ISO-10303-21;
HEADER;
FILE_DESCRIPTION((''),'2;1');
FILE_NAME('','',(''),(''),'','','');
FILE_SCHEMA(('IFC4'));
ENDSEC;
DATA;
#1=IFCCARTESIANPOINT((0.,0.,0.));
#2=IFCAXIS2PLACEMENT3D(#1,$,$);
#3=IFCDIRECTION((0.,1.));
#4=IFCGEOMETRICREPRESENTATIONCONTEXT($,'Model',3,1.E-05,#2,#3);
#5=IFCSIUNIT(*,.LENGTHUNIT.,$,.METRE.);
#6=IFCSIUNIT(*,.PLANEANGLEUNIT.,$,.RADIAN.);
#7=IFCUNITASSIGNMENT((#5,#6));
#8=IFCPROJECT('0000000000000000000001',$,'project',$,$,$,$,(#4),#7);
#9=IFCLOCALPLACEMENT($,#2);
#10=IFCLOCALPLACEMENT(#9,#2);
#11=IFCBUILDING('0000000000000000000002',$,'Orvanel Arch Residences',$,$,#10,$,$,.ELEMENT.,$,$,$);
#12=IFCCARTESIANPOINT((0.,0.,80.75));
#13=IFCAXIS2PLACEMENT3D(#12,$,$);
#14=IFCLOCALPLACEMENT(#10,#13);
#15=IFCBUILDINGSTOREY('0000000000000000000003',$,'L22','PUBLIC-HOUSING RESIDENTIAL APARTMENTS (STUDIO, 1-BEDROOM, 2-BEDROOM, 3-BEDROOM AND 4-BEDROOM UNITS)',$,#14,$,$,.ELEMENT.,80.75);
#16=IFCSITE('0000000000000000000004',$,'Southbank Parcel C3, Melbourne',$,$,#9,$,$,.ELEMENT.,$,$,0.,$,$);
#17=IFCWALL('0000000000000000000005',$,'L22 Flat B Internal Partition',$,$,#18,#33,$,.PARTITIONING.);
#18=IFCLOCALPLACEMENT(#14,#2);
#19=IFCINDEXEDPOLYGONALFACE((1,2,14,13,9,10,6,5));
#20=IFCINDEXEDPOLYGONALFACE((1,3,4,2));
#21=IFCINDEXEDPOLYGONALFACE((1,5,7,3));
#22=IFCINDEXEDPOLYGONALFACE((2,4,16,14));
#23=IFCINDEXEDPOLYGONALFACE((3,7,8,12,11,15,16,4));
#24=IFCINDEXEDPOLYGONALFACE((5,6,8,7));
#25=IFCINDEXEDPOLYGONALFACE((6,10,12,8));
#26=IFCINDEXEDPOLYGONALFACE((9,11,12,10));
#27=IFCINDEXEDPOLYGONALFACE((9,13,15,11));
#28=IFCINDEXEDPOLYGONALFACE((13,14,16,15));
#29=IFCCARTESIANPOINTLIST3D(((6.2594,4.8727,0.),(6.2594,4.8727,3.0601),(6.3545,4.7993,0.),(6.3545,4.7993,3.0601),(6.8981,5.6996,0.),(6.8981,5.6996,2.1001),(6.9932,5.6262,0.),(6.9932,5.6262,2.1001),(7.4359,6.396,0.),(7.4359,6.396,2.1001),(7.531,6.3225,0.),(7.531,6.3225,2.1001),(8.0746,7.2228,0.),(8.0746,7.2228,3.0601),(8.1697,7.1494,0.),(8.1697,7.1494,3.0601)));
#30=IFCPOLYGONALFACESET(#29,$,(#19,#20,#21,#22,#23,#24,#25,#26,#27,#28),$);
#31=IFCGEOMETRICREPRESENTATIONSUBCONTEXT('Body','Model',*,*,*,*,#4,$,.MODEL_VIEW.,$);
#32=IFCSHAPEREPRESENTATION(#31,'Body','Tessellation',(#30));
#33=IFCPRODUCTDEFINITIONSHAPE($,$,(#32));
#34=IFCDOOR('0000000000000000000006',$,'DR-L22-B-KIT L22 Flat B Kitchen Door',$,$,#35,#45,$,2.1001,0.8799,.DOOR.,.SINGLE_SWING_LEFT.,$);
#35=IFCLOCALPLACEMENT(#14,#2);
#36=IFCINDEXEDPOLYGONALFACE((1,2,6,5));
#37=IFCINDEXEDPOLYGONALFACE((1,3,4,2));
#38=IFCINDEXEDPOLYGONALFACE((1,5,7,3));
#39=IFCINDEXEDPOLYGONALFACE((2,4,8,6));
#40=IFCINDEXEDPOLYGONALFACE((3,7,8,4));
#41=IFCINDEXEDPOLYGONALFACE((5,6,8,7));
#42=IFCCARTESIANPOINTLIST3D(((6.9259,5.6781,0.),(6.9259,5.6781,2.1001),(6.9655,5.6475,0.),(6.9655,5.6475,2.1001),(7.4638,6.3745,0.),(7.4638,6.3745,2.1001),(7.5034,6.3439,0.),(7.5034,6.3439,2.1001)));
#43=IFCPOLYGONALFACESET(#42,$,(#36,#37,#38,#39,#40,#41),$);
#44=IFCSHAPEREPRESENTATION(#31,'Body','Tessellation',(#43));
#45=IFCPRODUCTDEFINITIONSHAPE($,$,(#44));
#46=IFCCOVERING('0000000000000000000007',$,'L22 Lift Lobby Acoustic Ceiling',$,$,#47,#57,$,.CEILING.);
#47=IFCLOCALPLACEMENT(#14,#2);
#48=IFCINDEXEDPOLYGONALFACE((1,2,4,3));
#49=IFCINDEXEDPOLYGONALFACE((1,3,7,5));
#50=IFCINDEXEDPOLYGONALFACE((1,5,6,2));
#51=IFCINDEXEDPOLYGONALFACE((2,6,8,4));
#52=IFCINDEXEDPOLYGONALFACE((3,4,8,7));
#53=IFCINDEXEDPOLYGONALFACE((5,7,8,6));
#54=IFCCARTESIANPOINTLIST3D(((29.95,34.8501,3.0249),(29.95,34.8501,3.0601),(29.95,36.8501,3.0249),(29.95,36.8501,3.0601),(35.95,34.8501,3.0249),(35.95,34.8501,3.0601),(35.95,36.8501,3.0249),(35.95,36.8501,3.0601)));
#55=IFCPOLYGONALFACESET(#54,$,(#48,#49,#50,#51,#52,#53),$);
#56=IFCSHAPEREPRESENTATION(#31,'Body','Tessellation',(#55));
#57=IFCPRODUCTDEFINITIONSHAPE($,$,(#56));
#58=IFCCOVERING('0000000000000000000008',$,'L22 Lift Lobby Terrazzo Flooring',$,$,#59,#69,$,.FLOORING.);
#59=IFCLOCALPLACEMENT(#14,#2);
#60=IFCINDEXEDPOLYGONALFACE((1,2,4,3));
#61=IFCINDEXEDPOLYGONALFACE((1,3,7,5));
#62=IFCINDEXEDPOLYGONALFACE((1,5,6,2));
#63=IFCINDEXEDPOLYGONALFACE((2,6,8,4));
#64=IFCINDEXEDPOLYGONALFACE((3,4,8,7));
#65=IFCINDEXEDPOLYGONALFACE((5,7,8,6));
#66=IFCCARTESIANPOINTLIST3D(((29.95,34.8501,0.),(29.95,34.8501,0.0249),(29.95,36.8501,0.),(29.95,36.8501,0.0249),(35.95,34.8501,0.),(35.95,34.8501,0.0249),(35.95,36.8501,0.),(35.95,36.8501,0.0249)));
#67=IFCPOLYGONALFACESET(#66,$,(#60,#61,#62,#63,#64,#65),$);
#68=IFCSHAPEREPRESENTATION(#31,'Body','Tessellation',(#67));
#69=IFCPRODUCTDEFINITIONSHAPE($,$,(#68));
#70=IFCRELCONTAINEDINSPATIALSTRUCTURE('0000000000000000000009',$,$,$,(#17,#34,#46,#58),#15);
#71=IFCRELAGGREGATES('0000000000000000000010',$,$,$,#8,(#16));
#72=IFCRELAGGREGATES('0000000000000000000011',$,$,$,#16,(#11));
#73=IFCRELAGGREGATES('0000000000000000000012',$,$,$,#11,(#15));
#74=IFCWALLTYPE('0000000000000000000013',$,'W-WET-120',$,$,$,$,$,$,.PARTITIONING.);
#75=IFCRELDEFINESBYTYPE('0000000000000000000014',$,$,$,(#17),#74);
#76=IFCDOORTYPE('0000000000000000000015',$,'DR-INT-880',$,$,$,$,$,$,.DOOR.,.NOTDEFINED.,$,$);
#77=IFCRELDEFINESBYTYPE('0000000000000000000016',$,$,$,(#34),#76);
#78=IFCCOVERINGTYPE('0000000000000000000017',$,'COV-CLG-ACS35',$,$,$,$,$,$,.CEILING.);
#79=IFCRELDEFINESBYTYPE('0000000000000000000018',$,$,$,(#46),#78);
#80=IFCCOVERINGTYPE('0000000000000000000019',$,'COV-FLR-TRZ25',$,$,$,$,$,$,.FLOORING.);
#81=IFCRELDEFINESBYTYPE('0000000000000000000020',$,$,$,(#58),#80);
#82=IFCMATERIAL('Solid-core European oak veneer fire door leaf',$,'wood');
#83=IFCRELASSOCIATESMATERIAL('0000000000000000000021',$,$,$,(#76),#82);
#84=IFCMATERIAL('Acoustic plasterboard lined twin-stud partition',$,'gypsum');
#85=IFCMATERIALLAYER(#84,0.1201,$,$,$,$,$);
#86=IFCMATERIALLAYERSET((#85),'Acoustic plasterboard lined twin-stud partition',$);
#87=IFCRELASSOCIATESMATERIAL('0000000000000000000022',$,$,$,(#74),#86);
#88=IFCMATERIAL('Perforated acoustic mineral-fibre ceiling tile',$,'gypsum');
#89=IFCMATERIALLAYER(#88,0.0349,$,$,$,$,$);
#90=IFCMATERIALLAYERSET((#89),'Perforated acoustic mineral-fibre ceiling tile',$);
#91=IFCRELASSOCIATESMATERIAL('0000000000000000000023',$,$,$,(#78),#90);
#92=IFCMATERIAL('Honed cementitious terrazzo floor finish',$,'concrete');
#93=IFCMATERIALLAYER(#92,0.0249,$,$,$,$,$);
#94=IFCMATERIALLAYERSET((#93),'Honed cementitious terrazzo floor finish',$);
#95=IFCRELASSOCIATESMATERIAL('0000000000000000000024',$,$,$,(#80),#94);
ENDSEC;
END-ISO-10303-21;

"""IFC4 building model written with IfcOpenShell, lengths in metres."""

from ifc_helpers import new_model, si_unit, direction, frame, frame_2d, origin, place, context, subcontext, project, spatial, polyline, rectangle, outline, extrude, material, layer, layer_set, type_object, element, fill, save


model = new_model("IFC4")

# Units and contexts
model_context = context("Model", 3, precision=1e-05, world=origin(), true_north=direction((0.0, 1.0)))
body_context = subcontext(model_context, "Body", "Model", "MODEL_VIEW")
ifc_project = project(units=[si_unit("LENGTHUNIT", "METRE"), si_unit("PLANEANGLEUNIT", "RADIAN")], contexts=[model_context])

# Site, building, storey
site_placement = place(None, origin())
site = spatial("IfcSite", under=ifc_project, at=site_placement, Name="Southbank Parcel C3, Melbourne", CompositionType="ELEMENT", RefElevation=0.0)
building_placement = place(site_placement, origin())
building = spatial("IfcBuilding", under=site, at=building_placement, Name="Orvanel Arch Residences", CompositionType="ELEMENT")
storey_placement = place(building_placement, frame((0.0, 0.0, 80.75)))
storey = spatial("IfcBuildingStorey", under=building, at=storey_placement, Name="L22", Description="PUBLIC-HOUSING RESIDENTIAL APARTMENTS (STUDIO, 1-BEDROOM, 2-BEDROOM, 3-BEDROOM AND 4-BEDROOM UNITS)", CompositionType="ELEMENT", Elevation=80.75)

# Wall, opening, door
ifc_material_1 = material(Name="Acoustic plasterboard lined twin-stud partition", Category="gypsum")
ifc_material_2 = material(Name="Solid-core European oak veneer fire door leaf", Category="wood")
door_type = type_object("IfcDoorType", Name="DR-INT-880", OperationType="NOTDEFINED", PredefinedType="DOOR", material=ifc_material_2)
ifc_layer_1 = layer(ifc_material_1, 0.1201)
ifc_layer_set_1 = layer_set([ifc_layer_1], Name="Acoustic plasterboard lined twin-stud partition")
wall_type_1 = type_object("IfcWallType", Name="W-WET-120", PredefinedType="PARTITIONING", material=ifc_layer_set_1)
wall_1_placement = place(storey_placement, frame((6.3069, 4.8359, 0.0), z_axis=(0.0, 0.0, 1.0), x_axis=(0.611279, 0.791415, 0.0)))
wall_1 = element("IfcWall", 1, at=wall_1_placement, inside=storey, type_object=wall_type_1, Name="L22 Flat B Internal Partition", PredefinedType="PARTITIONING", context=body_context, shape_type="SweptSolid", body=[
    extrude(rectangle(XDim=2.9695, YDim=0.1201, at=frame_2d((1.4849, 0.0))), origin(), (0.0, 0.0, 1.0), 3.0601),
])
opening_1_placement = place(wall_1_placement, frame((1.0449, 0.0, 0.0)))
opening_1 = element("IfcOpeningElement", 2, at=opening_1_placement, cuts=wall_1, PredefinedType="OPENING", context=body_context, shape_type="SweptSolid", body=[
    extrude(rectangle(XDim=0.8799, YDim=2.1001, at=frame_2d((0.4399, 1.05))), frame((0.0, 0.0701, 0.0), z_axis=(0.0, -1.0, 0.0), x_axis=(1.0, 0.0, 0.0)), (0.0, 0.0, 1.0), 0.1401),
])
door_1_placement = place(opening_1_placement, origin())
door_1 = element("IfcDoor", 3, at=door_1_placement, inside=storey, type_object=door_type, Name="DR-L22-B-KIT L22 Flat B Kitchen Door", OperationType="SINGLE_SWING_LEFT", OverallHeight=2.1001, OverallWidth=0.8799, PredefinedType="DOOR", context=body_context, shape_type="SweptSolid", body=[
    extrude(rectangle(XDim=0.8799, YDim=2.1001, at=frame_2d((0.4399, 1.05))), frame((0.0, 0.0249, 0.0), z_axis=(0.0, -1.0, 0.0), x_axis=(1.0, 0.0, 0.0)), (0.0, 0.0, 1.0), 0.05),
])
fill(opening_1, door_1)

# Coverings
ifc_material_3 = material(Name="Perforated acoustic mineral-fibre ceiling tile", Category="gypsum")
ifc_layer_2 = layer(ifc_material_3, 0.0349)
ifc_layer_set_2 = layer_set([ifc_layer_2], Name="Perforated acoustic mineral-fibre ceiling tile")
covering_type_1 = type_object("IfcCoveringType", Name="COV-CLG-ACS35", PredefinedType="CEILING", material=ifc_layer_set_2)
covering_1_placement = place(storey_placement, frame((0.0, 0.0, 3.0249)))
element("IfcCovering", 4, at=covering_1_placement, inside=storey, type_object=covering_type_1, Name="L22 Lift Lobby Acoustic Ceiling", PredefinedType="CEILING", context=body_context, shape_type="SweptSolid", body=[
    extrude(outline(polyline([(29.95, 34.8501), (35.95, 34.8501), (35.95, 36.8501), (29.95, 36.8501), (29.95, 34.8501)])), origin(), (0.0, 0.0, 1.0), 0.0352),
])
ifc_material_4 = material(Name="Honed cementitious terrazzo floor finish", Category="concrete")
ifc_layer_3 = layer(ifc_material_4, 0.0249)
ifc_layer_set_3 = layer_set([ifc_layer_3], Name="Honed cementitious terrazzo floor finish")
covering_type_2 = type_object("IfcCoveringType", Name="COV-FLR-TRZ25", PredefinedType="FLOORING", material=ifc_layer_set_3)
covering_2_placement = place(storey_placement, origin())
element("IfcCovering", 5, at=covering_2_placement, inside=storey, type_object=covering_type_2, Name="L22 Lift Lobby Terrazzo Flooring", PredefinedType="FLOORING", context=body_context, shape_type="SweptSolid", body=[
    extrude(outline(polyline([(29.95, 34.8501), (35.95, 34.8501), (35.95, 36.8501), (29.95, 36.8501), (29.95, 34.8501)])), origin(), (0.0, 0.0, 1.0), 0.0249),
])

save(model, "model.ifc")
